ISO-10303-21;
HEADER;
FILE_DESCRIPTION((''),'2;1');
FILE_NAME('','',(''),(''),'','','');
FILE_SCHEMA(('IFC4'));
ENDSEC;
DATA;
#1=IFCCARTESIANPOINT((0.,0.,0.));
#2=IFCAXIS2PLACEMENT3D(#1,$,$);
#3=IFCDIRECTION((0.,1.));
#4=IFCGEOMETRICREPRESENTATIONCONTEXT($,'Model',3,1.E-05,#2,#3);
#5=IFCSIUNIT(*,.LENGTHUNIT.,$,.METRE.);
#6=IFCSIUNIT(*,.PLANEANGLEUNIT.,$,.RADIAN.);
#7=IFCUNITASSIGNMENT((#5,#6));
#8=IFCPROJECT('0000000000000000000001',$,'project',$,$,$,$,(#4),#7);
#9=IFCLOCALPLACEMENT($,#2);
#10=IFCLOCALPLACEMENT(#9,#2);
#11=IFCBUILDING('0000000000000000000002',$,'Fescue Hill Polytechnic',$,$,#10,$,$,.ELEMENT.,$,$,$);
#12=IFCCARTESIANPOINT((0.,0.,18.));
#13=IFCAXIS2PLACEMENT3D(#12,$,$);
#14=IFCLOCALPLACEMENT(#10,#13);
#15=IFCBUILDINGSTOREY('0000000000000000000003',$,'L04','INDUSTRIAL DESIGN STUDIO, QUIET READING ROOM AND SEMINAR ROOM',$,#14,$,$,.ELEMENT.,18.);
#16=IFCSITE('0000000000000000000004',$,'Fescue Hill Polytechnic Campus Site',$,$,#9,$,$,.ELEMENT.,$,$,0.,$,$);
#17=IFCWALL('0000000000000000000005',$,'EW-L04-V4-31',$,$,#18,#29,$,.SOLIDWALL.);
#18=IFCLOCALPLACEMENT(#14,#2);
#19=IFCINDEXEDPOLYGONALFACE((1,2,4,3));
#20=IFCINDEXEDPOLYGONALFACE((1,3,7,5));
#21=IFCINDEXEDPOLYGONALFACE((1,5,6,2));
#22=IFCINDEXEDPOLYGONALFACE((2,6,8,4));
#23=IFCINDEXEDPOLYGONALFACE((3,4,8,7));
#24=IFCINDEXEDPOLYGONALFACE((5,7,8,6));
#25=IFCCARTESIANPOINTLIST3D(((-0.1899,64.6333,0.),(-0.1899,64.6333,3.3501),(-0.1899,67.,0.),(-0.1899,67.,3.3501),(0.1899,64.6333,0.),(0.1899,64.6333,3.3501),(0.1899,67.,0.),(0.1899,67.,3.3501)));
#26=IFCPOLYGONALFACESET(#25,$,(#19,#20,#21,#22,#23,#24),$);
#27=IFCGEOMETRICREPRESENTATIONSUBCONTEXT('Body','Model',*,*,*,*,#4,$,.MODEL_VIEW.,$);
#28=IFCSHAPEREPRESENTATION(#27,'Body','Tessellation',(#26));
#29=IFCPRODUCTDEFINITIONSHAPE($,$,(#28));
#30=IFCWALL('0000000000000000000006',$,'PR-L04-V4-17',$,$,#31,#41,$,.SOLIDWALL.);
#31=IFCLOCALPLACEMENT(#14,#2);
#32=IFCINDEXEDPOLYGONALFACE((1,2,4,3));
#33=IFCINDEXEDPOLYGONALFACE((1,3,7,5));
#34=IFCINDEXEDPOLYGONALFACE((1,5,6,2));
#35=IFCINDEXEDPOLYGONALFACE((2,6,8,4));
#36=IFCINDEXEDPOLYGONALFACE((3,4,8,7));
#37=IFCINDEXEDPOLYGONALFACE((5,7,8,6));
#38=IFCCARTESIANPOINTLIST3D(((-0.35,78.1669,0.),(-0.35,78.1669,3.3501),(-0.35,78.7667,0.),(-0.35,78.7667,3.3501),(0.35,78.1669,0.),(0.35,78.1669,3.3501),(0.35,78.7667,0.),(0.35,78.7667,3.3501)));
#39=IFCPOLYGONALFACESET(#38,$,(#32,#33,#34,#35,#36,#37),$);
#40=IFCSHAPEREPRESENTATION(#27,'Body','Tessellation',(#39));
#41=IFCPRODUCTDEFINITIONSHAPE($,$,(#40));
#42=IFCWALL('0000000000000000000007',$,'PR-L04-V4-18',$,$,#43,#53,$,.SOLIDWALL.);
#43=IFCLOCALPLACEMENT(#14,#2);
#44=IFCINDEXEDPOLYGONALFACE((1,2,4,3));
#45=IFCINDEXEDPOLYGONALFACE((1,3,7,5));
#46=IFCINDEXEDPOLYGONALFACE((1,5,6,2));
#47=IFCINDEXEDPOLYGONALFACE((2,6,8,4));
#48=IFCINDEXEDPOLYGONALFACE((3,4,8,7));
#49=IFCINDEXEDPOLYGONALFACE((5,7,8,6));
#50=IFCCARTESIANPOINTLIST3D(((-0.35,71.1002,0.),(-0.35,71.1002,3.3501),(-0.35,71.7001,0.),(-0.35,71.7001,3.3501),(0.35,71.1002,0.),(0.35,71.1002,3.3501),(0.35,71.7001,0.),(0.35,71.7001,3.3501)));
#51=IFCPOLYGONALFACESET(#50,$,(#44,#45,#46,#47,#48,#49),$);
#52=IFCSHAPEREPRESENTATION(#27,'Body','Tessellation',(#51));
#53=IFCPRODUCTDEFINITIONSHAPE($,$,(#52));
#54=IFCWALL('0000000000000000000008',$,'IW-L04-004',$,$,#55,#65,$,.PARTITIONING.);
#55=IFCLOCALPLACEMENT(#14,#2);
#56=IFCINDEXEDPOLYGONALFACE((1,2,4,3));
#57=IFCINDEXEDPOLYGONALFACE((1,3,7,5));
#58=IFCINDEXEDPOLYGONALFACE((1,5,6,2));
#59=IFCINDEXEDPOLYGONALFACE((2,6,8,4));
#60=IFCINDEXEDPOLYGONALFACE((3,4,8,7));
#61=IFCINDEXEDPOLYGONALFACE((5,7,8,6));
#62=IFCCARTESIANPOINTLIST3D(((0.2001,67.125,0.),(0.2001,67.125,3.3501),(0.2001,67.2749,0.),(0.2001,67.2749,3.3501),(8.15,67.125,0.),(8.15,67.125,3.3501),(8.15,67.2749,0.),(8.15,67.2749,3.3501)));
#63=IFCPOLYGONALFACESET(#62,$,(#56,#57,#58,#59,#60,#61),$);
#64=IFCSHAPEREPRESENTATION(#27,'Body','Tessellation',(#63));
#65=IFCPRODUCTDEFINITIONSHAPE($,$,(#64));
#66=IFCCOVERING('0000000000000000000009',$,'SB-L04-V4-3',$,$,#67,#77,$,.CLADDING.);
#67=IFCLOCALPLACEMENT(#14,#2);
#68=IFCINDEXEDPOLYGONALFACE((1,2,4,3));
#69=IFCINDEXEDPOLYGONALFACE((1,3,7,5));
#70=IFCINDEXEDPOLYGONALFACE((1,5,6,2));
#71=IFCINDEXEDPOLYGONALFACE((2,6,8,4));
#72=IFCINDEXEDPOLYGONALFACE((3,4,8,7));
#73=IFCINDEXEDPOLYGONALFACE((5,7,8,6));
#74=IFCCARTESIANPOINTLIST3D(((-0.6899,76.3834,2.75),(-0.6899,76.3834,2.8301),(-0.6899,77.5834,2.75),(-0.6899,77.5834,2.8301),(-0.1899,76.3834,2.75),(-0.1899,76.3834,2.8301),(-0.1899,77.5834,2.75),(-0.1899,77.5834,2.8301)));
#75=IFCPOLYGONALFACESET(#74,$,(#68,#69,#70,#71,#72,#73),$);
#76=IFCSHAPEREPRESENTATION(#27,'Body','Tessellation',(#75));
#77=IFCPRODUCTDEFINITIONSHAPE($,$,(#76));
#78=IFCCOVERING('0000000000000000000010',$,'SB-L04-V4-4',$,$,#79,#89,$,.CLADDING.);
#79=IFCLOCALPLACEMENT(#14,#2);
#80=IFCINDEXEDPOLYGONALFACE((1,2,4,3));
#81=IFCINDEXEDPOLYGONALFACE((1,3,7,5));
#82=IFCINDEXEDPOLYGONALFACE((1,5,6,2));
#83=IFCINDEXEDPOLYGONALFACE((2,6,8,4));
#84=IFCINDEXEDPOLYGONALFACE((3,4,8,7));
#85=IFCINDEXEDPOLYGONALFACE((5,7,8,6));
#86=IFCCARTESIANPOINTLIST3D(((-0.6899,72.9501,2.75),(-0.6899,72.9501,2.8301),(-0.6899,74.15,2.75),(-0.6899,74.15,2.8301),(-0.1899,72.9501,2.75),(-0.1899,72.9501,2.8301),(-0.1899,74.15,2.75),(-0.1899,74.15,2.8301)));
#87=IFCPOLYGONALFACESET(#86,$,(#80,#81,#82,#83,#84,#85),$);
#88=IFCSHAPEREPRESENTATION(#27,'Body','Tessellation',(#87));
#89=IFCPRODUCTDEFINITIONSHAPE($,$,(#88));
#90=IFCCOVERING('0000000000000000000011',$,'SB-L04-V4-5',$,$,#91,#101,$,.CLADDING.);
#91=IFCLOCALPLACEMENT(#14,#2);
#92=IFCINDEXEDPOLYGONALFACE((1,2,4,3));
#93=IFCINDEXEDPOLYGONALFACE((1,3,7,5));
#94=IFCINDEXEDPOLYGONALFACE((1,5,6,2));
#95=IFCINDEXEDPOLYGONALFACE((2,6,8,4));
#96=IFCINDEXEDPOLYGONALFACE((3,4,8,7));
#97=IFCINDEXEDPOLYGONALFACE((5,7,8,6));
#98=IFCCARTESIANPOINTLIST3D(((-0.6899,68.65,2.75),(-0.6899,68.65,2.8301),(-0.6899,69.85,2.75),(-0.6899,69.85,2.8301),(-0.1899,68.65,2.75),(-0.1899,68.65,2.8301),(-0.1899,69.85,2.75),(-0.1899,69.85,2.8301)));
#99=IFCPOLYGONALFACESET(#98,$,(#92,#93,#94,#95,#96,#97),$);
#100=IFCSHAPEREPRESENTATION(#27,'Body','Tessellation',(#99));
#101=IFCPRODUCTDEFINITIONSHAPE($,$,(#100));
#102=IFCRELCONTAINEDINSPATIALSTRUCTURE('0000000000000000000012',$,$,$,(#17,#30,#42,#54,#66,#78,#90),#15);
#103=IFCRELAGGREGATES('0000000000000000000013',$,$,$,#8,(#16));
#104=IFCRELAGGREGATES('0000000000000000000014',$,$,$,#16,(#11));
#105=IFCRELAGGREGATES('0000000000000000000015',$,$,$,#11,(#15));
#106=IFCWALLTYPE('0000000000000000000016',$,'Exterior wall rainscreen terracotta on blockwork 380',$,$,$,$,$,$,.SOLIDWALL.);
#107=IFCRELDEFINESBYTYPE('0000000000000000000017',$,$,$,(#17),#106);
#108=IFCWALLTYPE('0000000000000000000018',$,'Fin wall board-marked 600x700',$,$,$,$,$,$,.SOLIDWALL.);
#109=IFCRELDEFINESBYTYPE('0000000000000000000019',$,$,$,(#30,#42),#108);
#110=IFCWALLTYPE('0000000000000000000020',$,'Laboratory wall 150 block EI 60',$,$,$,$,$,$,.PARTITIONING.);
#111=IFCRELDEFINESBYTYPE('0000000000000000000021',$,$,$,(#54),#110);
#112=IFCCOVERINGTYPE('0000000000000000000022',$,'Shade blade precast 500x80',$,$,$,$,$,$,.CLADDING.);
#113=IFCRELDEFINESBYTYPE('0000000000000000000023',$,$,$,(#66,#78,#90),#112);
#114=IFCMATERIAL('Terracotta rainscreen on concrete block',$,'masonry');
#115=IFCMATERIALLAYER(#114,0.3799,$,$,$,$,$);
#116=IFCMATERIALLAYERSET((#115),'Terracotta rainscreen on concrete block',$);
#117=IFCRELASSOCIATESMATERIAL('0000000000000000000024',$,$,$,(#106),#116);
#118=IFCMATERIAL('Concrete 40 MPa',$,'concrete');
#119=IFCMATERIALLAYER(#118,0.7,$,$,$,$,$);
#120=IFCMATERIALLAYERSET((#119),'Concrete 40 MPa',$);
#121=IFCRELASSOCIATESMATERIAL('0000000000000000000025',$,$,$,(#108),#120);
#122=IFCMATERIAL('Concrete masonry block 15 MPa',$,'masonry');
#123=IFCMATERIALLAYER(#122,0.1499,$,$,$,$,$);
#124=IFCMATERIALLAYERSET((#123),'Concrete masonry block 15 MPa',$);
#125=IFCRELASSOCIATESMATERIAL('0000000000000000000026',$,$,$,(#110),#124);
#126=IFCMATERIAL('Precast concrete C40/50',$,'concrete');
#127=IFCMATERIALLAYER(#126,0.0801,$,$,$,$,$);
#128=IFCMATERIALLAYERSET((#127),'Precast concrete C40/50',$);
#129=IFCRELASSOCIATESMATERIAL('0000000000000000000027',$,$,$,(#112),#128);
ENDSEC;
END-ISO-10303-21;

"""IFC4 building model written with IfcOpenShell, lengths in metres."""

from ifc_helpers import new_model, si_unit, direction, frame, frame_2d, origin, origin_2d, place, context, subcontext, project, spatial, rectangle, extrude, material, layer, layer_set, type_object, element, save


model = new_model("IFC4")

# Units and contexts
model_context = context("Model", 3, precision=1e-05, world=origin(), true_north=direction((0.0, 1.0)))
body_context = subcontext(model_context, "Body", "Model", "MODEL_VIEW")
ifc_project = project(units=[si_unit("LENGTHUNIT", "METRE"), si_unit("PLANEANGLEUNIT", "RADIAN")], contexts=[model_context])

# Site, building, storey
site_placement = place(None, origin())
site = spatial("IfcSite", under=ifc_project, at=site_placement, Name="Fescue Hill Polytechnic Campus Site", CompositionType="ELEMENT", RefElevation=0.0)
building_placement = place(site_placement, origin())
building = spatial("IfcBuilding", under=site, at=building_placement, Name="Fescue Hill Polytechnic", CompositionType="ELEMENT")
storey_placement = place(building_placement, frame((0.0, 0.0, 18.0)))
storey = spatial("IfcBuildingStorey", under=building, at=storey_placement, Name="L04", Description="INDUSTRIAL DESIGN STUDIO, QUIET READING ROOM AND SEMINAR ROOM", CompositionType="ELEMENT", Elevation=18.0)

# Shared definitions
ifc_material_1 = material(Name="Concrete 40 MPa", Category="concrete")

# Shared definitions
ifc_material_2 = material(Name="Terracotta rainscreen on concrete block", Category="masonry")
ifc_layer_1 = layer(ifc_material_2, 0.3799)
ifc_layer_set_1 = layer_set([ifc_layer_1], Name="Terracotta rainscreen on concrete block")
wall_type_1 = type_object("IfcWallType", Name="Exterior wall rainscreen terracotta on blockwork 380", PredefinedType="SOLIDWALL", material=ifc_layer_set_1)

# Walls
wall_1_placement = place(storey_placement, frame((0.0, 67.0, 0.0), z_axis=(0.0, 0.0, 1.0), x_axis=(0.0, -1.0, 0.0)))
element("IfcWall", 1, at=wall_1_placement, inside=storey, type_object=wall_type_1, Name="EW-L04-V4-31", PredefinedType="SOLIDWALL", context=body_context, shape_type="SweptSolid", body=[
    extrude(rectangle(XDim=2.3667, YDim=0.3799, at=frame_2d((1.1833, 0.0))), origin(), (0.0, 0.0, 1.0), 3.3501),
])
ifc_layer_2 = layer(ifc_material_1, 0.7)
ifc_layer_set_2 = layer_set([ifc_layer_2], Name="Concrete 40 MPa")
wall_type_2 = type_object("IfcWallType", Name="Fin wall board-marked 600x700", PredefinedType="SOLIDWALL", material=ifc_layer_set_2)
for number, where, z_axis, x_axis, name in (
    (2, (0.0, 78.7666, 0.0), (0.0, 0.0, 1.0), (0.0, -1.0, 0.0), "PR-L04-V4-17"),
    (3, (0.0, 71.7, 0.0), (0.0, 0.0, 1.0), (0.0, -1.0, 0.0), "PR-L04-V4-18"),
):
    element("IfcWall", number, at=place(storey_placement, frame(where, z_axis=z_axis, x_axis=x_axis)), inside=storey, type_object=wall_type_2, Name=name, PredefinedType="SOLIDWALL", context=body_context, shape_type="SweptSolid", body=[
        extrude(rectangle(XDim=0.5999, YDim=0.7, at=frame_2d((0.2998, 0.0))), origin(), (0.0, 0.0, 1.0), 3.3501),
    ])
ifc_material_3 = material(Name="Concrete masonry block 15 MPa", Category="masonry")
ifc_layer_3 = layer(ifc_material_3, 0.1499)
ifc_layer_set_3 = layer_set([ifc_layer_3], Name="Concrete masonry block 15 MPa")
wall_type_3 = type_object("IfcWallType", Name="Laboratory wall 150 block EI 60", PredefinedType="PARTITIONING", material=ifc_layer_set_3)
wall_2_placement = place(storey_placement, frame((0.2, 67.2, 0.0), z_axis=(0.0, 0.0, 1.0), x_axis=(1.0, 0.0, 0.0)))
element("IfcWall", 4, at=wall_2_placement, inside=storey, type_object=wall_type_3, Name="IW-L04-004", PredefinedType="PARTITIONING", context=body_context, shape_type="SweptSolid", body=[
    extrude(rectangle(XDim=7.95, YDim=0.1499, at=frame_2d((3.9751, 0.0))), origin(), (0.0, 0.0, 1.0), 3.3501),
])

# Coverings
ifc_material_4 = material(Name="Precast concrete C40/50", Category="concrete")
ifc_layer_4 = layer(ifc_material_4, 0.0801)
ifc_layer_set_4 = layer_set([ifc_layer_4], Name="Precast concrete C40/50")
covering_type = type_object("IfcCoveringType", Name="Shade blade precast 500x80", PredefinedType="CLADDING", material=ifc_layer_set_4)
for number, where, z_axis, x_axis, name in (
    (5, (-0.4399, 76.9834, 2.75), (0.0, 0.0, 1.0), (0.0, -1.0, 0.0), "SB-L04-V4-3"),
    (6, (-0.4399, 73.55, 2.75), (0.0, 0.0, 1.0), (0.0, -1.0, 0.0), "SB-L04-V4-4"),
    (7, (-0.4399, 69.25, 2.75), (0.0, 0.0, 1.0), (0.0, -1.0, 0.0), "SB-L04-V4-5"),
):
    element("IfcCovering", number, at=place(storey_placement, frame(where, z_axis=z_axis, x_axis=x_axis)), inside=storey, type_object=covering_type, Name=name, PredefinedType="CLADDING", context=body_context, shape_type="SweptSolid", body=[
        extrude(rectangle(XDim=1.2, YDim=0.5, at=origin_2d()), origin(), (0.0, 0.0, 1.0), 0.0801),
    ])

save(model, "model.ifc")
